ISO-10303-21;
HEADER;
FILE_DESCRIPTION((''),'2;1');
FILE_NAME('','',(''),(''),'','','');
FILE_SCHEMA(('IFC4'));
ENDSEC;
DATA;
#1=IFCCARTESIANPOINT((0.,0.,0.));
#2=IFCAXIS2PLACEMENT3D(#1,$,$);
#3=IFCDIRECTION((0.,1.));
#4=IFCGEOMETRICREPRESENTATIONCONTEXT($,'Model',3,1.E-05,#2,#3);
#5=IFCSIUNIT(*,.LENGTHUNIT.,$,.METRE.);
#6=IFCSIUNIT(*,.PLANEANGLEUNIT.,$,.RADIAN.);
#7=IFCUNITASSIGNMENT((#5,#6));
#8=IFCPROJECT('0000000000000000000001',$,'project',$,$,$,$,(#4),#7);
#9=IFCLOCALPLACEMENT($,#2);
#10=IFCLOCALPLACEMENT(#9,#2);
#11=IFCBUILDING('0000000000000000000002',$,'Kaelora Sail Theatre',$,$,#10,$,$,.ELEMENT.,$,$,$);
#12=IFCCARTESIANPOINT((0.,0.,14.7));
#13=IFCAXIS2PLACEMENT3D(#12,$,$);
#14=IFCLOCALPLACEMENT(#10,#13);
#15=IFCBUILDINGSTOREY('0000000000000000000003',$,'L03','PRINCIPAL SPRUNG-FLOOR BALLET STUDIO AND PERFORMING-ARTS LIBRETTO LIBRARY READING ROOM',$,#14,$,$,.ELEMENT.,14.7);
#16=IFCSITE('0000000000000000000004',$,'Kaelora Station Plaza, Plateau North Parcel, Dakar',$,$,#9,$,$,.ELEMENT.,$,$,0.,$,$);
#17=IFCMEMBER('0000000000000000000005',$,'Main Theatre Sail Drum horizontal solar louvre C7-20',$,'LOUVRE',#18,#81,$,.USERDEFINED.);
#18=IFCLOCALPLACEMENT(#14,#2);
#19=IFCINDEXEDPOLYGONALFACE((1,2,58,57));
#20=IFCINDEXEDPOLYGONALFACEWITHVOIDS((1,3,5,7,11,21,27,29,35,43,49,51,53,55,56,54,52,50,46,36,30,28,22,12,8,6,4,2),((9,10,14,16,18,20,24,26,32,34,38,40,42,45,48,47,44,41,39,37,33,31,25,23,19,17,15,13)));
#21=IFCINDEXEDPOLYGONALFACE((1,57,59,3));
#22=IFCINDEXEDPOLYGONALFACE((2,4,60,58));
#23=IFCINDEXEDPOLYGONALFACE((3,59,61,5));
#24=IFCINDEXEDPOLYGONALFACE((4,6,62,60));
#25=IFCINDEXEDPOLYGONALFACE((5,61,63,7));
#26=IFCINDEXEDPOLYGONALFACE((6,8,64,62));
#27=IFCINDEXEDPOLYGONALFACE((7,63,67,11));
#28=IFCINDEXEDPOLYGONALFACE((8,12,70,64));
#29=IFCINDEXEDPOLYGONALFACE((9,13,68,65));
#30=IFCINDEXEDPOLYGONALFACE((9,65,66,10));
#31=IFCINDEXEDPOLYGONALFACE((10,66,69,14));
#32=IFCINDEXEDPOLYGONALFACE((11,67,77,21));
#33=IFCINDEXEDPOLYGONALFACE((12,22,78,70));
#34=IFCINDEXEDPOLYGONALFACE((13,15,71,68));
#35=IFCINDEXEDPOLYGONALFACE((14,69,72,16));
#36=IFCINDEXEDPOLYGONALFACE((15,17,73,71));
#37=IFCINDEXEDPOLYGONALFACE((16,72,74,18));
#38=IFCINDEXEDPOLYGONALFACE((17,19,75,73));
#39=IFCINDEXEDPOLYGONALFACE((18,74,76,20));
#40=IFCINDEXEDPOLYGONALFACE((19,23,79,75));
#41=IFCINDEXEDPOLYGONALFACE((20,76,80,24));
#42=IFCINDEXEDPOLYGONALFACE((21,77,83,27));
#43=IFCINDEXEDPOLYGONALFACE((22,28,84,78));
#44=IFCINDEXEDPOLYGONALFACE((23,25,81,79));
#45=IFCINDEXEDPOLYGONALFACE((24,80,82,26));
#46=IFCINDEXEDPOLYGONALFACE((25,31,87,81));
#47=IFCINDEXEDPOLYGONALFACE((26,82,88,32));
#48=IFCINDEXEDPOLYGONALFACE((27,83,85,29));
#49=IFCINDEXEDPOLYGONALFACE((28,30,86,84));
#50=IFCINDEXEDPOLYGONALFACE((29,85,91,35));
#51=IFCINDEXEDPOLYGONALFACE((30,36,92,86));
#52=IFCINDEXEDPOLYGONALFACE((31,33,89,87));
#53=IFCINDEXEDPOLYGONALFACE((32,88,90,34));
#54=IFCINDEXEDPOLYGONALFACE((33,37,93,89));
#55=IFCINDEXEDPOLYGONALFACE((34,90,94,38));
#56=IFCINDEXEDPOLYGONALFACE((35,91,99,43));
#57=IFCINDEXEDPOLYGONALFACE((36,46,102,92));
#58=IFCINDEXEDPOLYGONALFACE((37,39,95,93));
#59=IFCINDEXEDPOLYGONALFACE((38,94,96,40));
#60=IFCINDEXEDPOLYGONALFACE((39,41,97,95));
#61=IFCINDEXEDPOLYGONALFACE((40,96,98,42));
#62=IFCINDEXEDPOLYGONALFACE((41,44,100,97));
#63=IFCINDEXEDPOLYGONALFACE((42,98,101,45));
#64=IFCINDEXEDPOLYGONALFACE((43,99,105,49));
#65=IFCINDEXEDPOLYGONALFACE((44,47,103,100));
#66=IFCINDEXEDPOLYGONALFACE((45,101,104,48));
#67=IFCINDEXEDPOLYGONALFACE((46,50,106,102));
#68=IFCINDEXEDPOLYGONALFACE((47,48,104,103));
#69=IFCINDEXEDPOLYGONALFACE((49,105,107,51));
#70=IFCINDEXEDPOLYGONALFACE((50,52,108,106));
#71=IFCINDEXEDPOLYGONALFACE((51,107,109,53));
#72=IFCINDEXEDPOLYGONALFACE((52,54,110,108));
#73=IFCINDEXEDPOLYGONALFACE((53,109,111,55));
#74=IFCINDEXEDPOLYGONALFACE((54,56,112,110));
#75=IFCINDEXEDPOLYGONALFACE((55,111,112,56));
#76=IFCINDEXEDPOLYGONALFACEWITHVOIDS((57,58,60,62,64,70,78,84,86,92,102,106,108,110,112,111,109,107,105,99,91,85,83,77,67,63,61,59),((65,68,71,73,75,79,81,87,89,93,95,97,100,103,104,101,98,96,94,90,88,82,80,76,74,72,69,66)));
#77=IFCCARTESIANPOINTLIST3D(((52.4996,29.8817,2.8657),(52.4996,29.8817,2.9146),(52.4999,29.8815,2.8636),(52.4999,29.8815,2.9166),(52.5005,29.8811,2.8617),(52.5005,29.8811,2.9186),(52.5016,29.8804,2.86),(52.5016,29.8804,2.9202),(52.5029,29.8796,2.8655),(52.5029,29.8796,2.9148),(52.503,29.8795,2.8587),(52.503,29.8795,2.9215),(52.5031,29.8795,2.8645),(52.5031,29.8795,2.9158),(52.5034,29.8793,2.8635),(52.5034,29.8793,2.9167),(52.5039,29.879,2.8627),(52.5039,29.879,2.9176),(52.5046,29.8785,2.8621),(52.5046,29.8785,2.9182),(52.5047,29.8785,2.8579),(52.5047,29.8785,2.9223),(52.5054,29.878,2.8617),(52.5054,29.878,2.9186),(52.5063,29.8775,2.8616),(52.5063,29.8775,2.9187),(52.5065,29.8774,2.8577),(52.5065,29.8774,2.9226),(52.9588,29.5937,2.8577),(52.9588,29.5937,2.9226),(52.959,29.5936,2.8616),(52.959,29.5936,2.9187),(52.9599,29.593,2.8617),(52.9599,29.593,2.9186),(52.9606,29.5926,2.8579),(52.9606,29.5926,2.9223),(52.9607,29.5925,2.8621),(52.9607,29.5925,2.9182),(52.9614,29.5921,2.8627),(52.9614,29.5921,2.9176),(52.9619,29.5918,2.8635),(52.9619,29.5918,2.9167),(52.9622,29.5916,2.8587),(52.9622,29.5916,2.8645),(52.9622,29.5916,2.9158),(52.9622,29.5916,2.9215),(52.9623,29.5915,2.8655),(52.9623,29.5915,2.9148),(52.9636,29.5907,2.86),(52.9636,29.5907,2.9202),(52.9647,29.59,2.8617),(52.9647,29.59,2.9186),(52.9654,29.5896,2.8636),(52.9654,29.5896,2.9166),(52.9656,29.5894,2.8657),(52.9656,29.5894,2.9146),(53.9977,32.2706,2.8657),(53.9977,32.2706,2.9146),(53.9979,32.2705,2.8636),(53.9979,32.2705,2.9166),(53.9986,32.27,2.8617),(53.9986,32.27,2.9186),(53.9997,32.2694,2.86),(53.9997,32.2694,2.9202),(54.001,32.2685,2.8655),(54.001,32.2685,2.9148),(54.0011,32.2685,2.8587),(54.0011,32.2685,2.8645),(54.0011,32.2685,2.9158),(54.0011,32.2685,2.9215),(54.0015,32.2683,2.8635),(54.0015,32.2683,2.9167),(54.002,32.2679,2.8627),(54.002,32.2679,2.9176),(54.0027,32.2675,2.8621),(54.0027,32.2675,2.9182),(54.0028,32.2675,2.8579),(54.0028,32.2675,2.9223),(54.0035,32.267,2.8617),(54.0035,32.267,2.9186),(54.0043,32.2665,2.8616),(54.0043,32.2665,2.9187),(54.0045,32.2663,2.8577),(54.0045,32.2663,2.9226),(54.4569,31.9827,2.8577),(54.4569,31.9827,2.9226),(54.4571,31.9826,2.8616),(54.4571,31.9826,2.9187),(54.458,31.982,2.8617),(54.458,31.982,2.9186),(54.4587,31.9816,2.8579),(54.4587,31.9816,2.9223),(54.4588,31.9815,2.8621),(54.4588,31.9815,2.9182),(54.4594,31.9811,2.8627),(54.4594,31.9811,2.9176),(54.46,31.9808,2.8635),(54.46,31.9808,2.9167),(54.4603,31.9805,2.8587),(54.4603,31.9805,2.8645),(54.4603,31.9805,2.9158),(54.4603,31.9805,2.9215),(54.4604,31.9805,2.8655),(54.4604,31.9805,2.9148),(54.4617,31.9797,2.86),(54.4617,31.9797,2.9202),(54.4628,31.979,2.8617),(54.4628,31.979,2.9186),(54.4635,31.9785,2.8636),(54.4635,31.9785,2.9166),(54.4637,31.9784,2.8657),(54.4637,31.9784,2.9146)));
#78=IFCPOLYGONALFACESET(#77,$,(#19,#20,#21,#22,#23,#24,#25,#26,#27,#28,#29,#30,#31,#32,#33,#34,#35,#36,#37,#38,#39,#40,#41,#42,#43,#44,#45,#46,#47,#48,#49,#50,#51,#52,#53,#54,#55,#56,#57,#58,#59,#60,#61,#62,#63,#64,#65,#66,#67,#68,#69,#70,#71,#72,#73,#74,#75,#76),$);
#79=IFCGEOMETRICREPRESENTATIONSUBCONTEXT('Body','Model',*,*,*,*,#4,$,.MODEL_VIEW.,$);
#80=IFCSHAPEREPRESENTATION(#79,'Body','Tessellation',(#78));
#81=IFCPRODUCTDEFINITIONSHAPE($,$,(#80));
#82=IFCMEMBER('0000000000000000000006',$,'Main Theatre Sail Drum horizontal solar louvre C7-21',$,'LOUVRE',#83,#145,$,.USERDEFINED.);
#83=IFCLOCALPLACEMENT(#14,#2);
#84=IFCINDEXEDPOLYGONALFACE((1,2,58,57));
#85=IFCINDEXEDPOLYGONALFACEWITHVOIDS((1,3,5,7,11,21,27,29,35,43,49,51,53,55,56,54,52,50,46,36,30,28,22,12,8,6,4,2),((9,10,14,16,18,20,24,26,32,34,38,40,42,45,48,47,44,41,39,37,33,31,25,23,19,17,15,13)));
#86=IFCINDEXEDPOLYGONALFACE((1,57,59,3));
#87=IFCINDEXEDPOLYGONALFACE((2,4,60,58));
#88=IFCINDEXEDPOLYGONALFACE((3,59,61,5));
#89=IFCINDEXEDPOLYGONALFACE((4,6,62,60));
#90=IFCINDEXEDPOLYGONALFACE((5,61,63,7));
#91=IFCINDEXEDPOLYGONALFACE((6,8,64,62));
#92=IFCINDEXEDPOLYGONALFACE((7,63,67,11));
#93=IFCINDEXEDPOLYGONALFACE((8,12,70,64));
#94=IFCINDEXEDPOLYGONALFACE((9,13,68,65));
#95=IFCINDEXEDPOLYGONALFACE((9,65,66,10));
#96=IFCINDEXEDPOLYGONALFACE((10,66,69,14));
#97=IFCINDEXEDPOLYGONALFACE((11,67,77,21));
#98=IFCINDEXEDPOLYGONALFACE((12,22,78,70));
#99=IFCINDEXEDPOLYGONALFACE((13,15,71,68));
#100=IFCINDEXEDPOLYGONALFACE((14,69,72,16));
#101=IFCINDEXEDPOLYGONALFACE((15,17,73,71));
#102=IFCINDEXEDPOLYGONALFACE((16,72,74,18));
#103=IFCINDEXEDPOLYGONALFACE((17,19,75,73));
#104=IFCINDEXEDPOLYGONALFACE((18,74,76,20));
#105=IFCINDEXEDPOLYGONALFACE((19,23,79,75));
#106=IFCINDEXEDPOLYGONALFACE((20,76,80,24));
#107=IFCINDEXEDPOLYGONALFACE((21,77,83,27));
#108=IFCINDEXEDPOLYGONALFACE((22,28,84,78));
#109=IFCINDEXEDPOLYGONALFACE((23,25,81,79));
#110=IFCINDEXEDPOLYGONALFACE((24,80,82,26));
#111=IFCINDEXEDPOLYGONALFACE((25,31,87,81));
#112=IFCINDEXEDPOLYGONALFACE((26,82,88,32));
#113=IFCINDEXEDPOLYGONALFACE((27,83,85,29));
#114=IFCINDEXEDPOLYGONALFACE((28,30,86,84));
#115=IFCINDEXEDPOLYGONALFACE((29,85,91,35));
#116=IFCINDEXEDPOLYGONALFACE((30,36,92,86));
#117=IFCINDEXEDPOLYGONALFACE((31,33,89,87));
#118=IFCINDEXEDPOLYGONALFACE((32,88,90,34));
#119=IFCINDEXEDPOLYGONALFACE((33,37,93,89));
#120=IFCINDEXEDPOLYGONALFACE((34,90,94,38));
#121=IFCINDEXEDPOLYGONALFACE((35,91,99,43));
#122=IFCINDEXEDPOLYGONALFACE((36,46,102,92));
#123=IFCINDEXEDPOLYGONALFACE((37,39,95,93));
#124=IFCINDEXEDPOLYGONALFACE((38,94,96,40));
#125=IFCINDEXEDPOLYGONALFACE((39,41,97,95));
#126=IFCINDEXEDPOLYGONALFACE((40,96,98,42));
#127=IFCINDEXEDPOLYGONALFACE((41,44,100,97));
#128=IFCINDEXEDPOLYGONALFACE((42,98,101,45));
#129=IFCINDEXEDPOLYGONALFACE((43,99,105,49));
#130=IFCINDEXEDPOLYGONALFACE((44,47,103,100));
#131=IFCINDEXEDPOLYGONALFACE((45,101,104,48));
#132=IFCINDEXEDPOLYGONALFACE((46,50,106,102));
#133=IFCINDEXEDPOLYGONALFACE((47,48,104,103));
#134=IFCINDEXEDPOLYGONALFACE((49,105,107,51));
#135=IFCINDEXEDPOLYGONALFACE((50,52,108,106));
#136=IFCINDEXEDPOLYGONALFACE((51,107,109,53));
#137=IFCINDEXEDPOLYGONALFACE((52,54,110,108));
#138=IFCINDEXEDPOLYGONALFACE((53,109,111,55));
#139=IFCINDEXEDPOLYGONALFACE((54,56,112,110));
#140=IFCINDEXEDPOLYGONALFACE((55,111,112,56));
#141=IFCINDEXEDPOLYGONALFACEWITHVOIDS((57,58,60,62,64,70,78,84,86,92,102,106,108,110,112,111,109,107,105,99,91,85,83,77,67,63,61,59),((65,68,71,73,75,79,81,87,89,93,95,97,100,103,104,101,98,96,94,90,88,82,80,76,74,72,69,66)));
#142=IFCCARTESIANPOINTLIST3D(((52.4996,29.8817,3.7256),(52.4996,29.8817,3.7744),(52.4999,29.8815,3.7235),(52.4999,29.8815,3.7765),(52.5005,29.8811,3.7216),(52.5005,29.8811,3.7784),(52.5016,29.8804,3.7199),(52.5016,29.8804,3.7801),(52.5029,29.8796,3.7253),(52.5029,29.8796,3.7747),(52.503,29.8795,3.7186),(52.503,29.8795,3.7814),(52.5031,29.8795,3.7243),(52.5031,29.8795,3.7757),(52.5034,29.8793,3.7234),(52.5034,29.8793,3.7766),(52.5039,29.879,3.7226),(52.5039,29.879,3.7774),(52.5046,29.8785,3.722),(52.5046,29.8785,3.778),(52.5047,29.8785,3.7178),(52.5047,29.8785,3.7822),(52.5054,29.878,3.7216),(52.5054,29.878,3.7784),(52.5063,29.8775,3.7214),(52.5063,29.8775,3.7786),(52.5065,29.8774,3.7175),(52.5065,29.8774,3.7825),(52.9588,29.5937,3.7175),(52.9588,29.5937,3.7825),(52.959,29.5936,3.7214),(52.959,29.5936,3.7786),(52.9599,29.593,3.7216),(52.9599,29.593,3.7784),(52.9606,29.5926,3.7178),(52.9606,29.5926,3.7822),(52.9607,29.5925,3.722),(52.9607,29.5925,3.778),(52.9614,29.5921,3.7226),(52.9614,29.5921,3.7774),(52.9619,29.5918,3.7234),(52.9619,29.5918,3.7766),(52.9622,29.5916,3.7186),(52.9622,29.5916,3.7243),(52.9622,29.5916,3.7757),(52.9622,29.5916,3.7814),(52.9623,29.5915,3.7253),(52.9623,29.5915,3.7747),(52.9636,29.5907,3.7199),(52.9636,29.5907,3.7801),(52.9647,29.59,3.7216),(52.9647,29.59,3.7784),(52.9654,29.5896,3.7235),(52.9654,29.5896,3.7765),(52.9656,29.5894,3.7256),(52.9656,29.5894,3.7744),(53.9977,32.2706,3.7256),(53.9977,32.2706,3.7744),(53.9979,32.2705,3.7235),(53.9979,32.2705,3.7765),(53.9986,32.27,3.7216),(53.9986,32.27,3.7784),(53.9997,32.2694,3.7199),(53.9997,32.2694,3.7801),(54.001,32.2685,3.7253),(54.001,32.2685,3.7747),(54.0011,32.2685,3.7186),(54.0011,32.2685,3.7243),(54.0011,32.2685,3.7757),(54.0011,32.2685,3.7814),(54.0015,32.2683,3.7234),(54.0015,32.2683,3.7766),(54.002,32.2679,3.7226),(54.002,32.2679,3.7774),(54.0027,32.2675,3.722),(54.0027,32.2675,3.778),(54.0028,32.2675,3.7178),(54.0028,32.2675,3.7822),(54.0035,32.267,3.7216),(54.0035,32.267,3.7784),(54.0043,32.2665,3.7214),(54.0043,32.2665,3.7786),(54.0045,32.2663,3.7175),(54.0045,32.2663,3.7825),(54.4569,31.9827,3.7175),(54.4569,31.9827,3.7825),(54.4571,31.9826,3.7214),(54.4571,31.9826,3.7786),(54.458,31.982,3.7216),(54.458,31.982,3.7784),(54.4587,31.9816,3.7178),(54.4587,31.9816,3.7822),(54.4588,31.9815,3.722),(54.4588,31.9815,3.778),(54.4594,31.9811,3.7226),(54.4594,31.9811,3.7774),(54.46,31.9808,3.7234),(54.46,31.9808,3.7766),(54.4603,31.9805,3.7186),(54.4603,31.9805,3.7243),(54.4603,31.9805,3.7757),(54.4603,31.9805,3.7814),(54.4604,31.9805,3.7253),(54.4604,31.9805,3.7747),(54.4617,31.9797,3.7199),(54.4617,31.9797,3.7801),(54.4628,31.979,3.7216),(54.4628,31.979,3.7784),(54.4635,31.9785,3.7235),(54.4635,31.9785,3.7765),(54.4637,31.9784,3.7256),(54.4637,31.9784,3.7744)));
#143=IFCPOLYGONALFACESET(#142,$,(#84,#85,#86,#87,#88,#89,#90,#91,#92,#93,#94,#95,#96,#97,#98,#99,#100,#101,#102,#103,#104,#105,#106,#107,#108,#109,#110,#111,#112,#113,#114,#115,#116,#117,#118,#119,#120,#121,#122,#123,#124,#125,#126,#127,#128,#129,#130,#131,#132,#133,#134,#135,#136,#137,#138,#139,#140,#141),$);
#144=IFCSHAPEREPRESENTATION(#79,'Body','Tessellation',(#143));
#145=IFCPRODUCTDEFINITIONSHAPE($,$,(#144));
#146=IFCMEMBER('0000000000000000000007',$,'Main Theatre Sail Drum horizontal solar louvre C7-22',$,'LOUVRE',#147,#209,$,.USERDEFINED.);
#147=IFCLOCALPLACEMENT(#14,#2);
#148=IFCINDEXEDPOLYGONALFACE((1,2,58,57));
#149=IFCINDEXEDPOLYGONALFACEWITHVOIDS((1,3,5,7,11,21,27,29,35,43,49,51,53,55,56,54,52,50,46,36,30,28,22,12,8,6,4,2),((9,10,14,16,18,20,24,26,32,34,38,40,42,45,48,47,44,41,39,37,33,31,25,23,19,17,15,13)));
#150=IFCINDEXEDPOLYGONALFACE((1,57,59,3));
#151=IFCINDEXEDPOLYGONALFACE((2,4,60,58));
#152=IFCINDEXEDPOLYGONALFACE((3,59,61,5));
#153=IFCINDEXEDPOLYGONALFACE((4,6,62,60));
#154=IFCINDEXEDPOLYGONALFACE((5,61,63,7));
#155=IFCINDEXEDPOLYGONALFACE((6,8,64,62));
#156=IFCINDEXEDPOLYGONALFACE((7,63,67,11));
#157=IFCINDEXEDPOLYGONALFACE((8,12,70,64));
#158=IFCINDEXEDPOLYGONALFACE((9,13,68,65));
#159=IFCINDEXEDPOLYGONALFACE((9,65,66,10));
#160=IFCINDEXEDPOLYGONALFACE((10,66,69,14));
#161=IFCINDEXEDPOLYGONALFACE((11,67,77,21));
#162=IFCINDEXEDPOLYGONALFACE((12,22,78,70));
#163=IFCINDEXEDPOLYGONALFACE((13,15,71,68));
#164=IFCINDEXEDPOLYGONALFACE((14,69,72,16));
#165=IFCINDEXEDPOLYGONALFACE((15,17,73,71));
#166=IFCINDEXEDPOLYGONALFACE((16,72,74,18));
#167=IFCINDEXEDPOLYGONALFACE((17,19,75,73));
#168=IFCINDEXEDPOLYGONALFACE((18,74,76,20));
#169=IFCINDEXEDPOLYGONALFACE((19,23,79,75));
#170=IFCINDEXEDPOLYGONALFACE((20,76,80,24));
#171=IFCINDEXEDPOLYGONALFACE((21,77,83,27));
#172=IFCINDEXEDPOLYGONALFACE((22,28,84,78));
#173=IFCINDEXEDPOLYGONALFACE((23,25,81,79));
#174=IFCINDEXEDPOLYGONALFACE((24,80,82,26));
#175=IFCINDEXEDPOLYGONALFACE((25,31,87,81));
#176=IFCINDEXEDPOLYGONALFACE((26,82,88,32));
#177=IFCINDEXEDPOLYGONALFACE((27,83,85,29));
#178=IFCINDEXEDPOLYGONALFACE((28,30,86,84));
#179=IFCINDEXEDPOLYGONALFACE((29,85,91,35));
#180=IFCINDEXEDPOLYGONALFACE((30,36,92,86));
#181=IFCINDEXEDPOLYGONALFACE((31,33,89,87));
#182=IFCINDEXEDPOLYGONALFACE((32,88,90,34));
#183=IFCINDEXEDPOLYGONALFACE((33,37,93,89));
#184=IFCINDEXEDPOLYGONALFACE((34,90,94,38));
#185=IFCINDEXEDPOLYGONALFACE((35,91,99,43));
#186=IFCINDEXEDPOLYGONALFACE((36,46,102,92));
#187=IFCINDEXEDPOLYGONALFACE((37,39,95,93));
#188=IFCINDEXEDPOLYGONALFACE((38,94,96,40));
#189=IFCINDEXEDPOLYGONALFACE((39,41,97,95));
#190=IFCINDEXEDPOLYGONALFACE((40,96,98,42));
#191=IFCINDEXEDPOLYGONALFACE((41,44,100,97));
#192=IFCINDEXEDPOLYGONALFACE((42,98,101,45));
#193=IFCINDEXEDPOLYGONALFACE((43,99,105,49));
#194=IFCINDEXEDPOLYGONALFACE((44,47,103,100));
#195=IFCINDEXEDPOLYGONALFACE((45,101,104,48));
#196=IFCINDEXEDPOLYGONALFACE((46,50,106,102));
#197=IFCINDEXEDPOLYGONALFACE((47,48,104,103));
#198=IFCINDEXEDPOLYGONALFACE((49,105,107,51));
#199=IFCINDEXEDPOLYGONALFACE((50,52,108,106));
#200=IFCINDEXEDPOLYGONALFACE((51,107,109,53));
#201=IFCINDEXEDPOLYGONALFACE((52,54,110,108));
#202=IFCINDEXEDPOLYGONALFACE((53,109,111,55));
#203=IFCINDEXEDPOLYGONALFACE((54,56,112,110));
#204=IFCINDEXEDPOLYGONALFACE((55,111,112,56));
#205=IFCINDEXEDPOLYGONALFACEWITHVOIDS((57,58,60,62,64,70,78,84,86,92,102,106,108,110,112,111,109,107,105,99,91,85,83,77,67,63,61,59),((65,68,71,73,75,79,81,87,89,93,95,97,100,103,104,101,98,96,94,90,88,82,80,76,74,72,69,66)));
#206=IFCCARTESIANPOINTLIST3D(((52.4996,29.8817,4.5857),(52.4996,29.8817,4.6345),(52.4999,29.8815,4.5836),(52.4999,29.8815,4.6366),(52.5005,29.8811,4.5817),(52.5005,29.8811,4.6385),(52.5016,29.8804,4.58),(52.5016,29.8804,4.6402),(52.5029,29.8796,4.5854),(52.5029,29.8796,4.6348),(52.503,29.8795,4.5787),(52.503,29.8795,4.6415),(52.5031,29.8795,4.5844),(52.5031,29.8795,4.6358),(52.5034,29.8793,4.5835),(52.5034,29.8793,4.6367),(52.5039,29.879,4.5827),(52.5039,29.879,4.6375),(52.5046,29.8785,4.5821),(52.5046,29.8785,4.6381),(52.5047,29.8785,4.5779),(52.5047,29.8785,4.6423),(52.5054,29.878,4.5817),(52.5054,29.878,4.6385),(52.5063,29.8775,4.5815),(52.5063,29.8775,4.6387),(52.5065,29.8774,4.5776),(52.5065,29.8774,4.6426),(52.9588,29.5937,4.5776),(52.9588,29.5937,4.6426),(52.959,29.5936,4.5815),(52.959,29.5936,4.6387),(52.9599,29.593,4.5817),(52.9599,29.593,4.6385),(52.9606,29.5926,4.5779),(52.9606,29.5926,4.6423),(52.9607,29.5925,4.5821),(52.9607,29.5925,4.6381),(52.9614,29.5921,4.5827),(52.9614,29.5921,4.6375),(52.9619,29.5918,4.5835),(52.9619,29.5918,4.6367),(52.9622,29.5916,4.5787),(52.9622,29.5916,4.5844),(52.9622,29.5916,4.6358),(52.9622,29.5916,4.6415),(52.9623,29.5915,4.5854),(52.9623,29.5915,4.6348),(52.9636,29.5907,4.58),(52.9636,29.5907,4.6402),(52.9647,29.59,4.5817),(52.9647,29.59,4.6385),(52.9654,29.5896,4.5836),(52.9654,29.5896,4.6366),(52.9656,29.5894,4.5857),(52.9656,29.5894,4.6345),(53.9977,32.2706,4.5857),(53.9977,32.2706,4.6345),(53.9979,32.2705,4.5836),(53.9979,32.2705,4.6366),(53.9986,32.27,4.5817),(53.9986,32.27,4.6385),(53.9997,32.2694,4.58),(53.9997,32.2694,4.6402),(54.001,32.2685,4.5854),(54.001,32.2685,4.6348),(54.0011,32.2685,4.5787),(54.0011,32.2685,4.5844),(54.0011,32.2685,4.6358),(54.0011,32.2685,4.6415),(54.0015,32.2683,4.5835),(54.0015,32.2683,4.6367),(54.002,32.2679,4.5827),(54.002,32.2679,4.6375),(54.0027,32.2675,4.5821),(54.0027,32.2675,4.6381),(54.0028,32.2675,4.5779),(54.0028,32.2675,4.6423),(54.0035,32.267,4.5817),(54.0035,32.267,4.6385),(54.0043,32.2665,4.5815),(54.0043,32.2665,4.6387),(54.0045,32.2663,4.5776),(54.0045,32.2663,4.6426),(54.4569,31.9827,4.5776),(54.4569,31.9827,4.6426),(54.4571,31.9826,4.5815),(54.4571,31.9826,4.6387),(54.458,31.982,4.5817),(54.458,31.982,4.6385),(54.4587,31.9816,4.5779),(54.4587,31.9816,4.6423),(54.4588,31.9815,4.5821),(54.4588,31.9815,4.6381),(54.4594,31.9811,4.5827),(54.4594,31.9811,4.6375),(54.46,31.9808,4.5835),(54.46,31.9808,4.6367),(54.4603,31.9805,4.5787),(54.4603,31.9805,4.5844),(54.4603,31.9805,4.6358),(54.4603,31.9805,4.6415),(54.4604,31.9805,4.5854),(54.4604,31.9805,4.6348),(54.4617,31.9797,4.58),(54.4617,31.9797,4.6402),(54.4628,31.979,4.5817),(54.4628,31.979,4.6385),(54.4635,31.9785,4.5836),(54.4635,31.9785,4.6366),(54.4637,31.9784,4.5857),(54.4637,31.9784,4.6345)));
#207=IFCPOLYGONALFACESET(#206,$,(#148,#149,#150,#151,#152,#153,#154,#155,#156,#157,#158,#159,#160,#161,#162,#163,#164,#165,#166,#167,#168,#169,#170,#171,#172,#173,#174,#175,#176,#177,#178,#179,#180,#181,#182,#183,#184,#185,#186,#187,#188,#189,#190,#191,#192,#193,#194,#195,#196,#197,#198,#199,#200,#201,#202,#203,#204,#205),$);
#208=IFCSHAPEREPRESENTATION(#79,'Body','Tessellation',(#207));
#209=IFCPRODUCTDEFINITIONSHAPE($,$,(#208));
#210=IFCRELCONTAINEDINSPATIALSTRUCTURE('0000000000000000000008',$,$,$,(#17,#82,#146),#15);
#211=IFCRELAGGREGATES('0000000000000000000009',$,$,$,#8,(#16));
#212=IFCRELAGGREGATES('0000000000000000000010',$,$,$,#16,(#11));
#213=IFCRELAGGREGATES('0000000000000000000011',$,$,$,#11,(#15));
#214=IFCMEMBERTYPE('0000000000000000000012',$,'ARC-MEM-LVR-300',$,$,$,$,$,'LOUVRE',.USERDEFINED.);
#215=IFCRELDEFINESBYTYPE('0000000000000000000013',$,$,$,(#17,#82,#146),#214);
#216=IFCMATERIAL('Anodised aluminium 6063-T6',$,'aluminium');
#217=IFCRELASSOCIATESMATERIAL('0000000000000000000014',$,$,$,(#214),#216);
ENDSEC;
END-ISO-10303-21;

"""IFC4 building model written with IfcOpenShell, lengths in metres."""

from ifc_helpers import new_model, si_unit, direction, frame, origin, origin_2d, place, context, subcontext, project, spatial, hollow_rectangle, extrude, material, material_profile, profile_set, type_object, element, save


model = new_model("IFC4")

# Units and contexts
model_context = context("Model", 3, precision=1e-05, world=origin(), true_north=direction((0.0, 1.0)))
body_context = subcontext(model_context, "Body", "Model", "MODEL_VIEW")
ifc_project = project(units=[si_unit("LENGTHUNIT", "METRE"), si_unit("PLANEANGLEUNIT", "RADIAN")], contexts=[model_context])

# Site, building, storey
site_placement = place(None, origin())
site = spatial("IfcSite", under=ifc_project, at=site_placement, Name="Kaelora Station Plaza, Plateau North Parcel, Dakar", CompositionType="ELEMENT", RefElevation=0.0)
building_placement = place(site_placement, origin())
building = spatial("IfcBuilding", under=site, at=building_placement, Name="Kaelora Sail Theatre", CompositionType="ELEMENT")
storey_placement = place(building_placement, frame((0.0, 0.0, 14.7)))
storey = spatial("IfcBuildingStorey", under=building, at=storey_placement, Name="L03", Description="PRINCIPAL SPRUNG-FLOOR BALLET STUDIO AND PERFORMING-ARTS LIBRETTO LIBRARY READING ROOM", CompositionType="ELEMENT", Elevation=14.7)

# Members
ifc_material_1 = material(Name="Anodised aluminium 6063-T6", Category="aluminium")
ifc_material_profile_1 = material_profile(ifc_material_1, hollow_rectangle(XDim=0.55, YDim=0.0649, WallThickness=0.0039, InnerFilletRadius=0.0039, OuterFilletRadius=0.0081, at=origin_2d()), Name="LOUVRE 550x65x4")
ifc_profile_set_1 = profile_set([ifc_material_profile_1], Name="Anodised aluminium 6063-T6")
member_type = type_object("IfcMemberType", Name="ARC-MEM-LVR-300", ElementType="LOUVRE", PredefinedType="USERDEFINED", material=ifc_profile_set_1)
for number, where, z_axis, x_axis, name in (
    (1, (54.2307, 32.1245, 2.8901), (-0.531267, -0.847204, 0.0), (0.847204, -0.531267, 0.0), "Main Theatre Sail Drum horizontal solar louvre C7-20"),
    (2, (54.2307, 32.1245, 3.75), (-0.531267, -0.847204, 0.0), (0.847204, -0.531267, 0.0), "Main Theatre Sail Drum horizontal solar louvre C7-21"),
    (3, (54.2307, 32.1245, 4.6101), (-0.531267, -0.847204, 0.0), (0.847204, -0.531267, 0.0), "Main Theatre Sail Drum horizontal solar louvre C7-22"),
):
    element("IfcMember", number, at=place(storey_placement, frame(where, z_axis=z_axis, x_axis=x_axis)), inside=storey, type_object=member_type, Name=name, ObjectType="LOUVRE", PredefinedType="USERDEFINED", context=body_context, shape_type="SweptSolid", body=[
        extrude(hollow_rectangle(XDim=0.55, YDim=0.0649, WallThickness=0.0039, InnerFilletRadius=0.0039, OuterFilletRadius=0.0081, at=origin_2d()), origin(), (0.0, 0.0, 1.0), 2.8198),
    ])

save(model, "model.ifc")
